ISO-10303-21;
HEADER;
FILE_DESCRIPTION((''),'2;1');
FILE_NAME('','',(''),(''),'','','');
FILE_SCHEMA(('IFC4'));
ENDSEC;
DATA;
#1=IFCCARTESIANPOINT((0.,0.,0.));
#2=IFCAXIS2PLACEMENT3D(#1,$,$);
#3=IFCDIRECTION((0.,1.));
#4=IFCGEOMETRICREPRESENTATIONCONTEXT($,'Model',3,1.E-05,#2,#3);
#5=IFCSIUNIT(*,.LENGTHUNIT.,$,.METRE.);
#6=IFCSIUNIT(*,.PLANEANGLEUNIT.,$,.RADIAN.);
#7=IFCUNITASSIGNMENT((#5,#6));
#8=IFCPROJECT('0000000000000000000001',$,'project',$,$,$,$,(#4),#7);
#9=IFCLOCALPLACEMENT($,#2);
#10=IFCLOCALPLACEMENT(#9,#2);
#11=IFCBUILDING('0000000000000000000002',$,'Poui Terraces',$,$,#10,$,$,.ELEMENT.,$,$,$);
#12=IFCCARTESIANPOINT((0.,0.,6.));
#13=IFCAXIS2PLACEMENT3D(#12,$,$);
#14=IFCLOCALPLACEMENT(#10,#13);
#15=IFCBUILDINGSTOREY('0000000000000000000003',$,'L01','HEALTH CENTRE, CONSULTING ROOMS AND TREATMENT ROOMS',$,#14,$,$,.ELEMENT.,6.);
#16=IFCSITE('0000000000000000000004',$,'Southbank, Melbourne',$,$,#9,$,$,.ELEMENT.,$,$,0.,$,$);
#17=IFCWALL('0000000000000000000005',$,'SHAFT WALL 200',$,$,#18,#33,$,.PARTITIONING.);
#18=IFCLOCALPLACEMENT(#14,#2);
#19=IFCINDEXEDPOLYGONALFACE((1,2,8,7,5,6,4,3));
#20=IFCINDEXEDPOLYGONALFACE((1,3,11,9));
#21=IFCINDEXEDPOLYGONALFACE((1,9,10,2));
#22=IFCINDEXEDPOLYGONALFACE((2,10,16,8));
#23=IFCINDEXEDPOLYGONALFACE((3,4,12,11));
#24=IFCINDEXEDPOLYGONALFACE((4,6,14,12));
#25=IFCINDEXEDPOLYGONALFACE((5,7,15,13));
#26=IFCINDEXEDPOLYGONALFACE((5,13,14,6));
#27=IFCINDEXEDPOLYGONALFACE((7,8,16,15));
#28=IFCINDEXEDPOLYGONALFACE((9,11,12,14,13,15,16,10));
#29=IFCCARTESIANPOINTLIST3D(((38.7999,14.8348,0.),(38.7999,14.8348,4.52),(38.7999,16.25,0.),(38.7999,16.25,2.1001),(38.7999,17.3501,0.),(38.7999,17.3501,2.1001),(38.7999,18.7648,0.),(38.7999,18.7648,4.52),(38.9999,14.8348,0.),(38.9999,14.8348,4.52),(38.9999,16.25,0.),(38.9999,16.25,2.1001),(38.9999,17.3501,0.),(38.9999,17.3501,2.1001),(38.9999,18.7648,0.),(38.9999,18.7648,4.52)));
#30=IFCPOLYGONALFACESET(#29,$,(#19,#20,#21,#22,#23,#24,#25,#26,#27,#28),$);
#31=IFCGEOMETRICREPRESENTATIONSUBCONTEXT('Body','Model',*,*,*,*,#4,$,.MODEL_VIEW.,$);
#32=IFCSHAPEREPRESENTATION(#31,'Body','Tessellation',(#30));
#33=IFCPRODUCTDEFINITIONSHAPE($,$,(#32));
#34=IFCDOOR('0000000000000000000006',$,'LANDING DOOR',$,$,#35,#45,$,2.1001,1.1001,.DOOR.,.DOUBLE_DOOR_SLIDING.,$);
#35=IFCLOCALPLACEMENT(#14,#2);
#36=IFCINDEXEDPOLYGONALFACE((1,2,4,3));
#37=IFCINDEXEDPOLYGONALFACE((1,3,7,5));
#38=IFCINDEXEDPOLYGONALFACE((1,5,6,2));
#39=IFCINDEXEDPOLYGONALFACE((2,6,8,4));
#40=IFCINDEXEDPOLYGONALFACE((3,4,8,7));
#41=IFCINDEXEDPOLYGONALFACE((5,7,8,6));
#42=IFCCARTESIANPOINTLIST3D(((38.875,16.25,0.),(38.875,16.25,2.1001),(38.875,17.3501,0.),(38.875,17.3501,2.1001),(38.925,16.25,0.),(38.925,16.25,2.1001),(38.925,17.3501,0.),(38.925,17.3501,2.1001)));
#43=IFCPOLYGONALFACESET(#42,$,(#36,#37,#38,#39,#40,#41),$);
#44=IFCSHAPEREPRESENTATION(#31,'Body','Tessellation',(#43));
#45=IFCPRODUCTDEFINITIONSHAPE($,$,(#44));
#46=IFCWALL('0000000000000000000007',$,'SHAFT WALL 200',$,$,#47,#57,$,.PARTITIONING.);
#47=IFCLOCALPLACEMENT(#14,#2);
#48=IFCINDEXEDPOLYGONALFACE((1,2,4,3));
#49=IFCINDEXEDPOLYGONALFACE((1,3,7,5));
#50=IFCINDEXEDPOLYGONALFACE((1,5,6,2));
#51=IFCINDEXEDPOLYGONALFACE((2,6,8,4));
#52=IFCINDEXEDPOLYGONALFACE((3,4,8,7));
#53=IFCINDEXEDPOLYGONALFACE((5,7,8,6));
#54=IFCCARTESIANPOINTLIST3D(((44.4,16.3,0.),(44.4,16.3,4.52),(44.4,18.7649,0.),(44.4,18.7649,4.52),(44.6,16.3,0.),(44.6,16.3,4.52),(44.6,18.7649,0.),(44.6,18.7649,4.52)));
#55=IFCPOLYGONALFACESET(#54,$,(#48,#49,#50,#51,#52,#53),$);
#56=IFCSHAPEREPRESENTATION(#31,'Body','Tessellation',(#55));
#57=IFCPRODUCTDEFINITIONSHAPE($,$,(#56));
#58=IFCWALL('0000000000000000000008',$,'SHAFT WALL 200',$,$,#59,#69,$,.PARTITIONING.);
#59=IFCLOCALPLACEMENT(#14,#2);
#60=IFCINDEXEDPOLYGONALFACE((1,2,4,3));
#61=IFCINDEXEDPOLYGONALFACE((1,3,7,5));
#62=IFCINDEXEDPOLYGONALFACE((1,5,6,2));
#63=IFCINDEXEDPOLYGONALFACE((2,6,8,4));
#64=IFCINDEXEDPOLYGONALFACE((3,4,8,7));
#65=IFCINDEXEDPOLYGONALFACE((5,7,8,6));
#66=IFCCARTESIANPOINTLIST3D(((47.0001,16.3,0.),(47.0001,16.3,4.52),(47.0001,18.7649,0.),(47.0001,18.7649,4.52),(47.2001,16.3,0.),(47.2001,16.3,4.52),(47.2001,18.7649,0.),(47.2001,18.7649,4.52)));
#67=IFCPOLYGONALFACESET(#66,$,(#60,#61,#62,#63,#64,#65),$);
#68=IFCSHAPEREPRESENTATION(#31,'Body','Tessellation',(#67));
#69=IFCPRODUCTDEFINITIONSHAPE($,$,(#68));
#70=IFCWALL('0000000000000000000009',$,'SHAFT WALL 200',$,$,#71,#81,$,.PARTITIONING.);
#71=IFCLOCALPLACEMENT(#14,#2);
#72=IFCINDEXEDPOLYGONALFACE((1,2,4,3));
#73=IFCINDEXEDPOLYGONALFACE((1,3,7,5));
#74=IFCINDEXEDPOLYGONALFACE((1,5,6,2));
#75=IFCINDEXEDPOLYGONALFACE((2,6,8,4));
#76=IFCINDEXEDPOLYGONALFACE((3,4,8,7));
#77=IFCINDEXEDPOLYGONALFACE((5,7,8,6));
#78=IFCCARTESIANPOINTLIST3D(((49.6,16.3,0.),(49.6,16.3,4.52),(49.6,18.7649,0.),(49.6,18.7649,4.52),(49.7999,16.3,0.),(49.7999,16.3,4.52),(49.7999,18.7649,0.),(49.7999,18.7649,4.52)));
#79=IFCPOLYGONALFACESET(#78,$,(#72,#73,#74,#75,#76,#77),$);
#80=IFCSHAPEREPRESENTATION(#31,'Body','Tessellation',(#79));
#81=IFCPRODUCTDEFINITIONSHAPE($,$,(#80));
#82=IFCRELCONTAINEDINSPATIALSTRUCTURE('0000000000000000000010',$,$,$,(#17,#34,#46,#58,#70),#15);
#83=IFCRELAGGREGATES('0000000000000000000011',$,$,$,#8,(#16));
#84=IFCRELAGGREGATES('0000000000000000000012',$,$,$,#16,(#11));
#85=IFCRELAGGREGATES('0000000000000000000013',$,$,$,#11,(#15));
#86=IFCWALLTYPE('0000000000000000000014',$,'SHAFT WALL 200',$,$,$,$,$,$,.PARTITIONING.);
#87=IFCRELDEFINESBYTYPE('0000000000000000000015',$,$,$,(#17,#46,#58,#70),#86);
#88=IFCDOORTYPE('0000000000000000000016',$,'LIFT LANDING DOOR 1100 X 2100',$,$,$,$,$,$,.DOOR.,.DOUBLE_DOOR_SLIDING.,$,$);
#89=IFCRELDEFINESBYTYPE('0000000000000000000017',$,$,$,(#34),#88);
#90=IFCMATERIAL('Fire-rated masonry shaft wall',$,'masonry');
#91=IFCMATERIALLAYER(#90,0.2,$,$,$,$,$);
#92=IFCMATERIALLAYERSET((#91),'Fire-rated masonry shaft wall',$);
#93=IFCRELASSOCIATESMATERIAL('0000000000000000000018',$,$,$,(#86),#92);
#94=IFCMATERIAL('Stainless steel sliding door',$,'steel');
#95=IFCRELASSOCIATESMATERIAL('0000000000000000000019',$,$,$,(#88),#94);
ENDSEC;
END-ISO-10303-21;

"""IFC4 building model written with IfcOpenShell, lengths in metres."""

from ifc_helpers import new_model, si_unit, direction, frame, frame_2d, origin, place, context, subcontext, project, spatial, rectangle, extrude, material, layer, layer_set, type_object, element, fill, save


model = new_model("IFC4")

# Units and contexts
model_context = context("Model", 3, precision=1e-05, world=origin(), true_north=direction((0.0, 1.0)))
body_context = subcontext(model_context, "Body", "Model", "MODEL_VIEW")
ifc_project = project(units=[si_unit("LENGTHUNIT", "METRE"), si_unit("PLANEANGLEUNIT", "RADIAN")], contexts=[model_context])

# Site, building, storey
site_placement = place(None, origin())
site = spatial("IfcSite", under=ifc_project, at=site_placement, Name="Southbank, Melbourne", CompositionType="ELEMENT", RefElevation=0.0)
building_placement = place(site_placement, origin())
building = spatial("IfcBuilding", under=site, at=building_placement, Name="Poui Terraces", CompositionType="ELEMENT")
storey_placement = place(building_placement, frame((0.0, 0.0, 6.0)))
storey = spatial("IfcBuildingStorey", under=building, at=storey_placement, Name="L01", Description="HEALTH CENTRE, CONSULTING ROOMS AND TREATMENT ROOMS", CompositionType="ELEMENT", Elevation=6.0)

# Shared definitions
ifc_material_1 = material(Name="Fire-rated masonry shaft wall", Category="masonry")
ifc_layer_1 = layer(ifc_material_1, 0.2)
ifc_layer_set_1 = layer_set([ifc_layer_1], Name="Fire-rated masonry shaft wall")
wall_type_1 = type_object("IfcWallType", Name="SHAFT WALL 200", PredefinedType="PARTITIONING", material=ifc_layer_set_1)

# Wall, opening, door
wall_1_placement = place(storey_placement, frame((38.8999, 14.835, 0.0), z_axis=(0.0, 0.0, 1.0), x_axis=(0.0, 1.0, 0.0)))
wall_1 = element("IfcWall", 1, at=wall_1_placement, inside=storey, type_object=wall_type_1, Name="SHAFT WALL 200", PredefinedType="PARTITIONING", context=body_context, shape_type="SweptSolid", body=[
    extrude(rectangle(XDim=3.9299, YDim=0.2, at=frame_2d((1.9648, 0.0))), origin(), (0.0, 0.0, 1.0), 4.52),
])
opening_1_placement = place(wall_1_placement, frame((1.415, 0.0, 0.0)))
opening_1 = element("IfcOpeningElement", 2, at=opening_1_placement, cuts=wall_1, PredefinedType="OPENING", context=body_context, shape_type="SweptSolid", body=[
    extrude(rectangle(XDim=1.1001, YDim=2.1001, at=frame_2d((0.55, 1.05))), frame((0.0, 0.1099, 0.0), z_axis=(0.0, -1.0, 0.0), x_axis=(1.0, 0.0, 0.0)), (0.0, 0.0, 1.0), 0.22),
])
ifc_material_2 = material(Name="Stainless steel sliding door", Category="steel")
door_type_1 = type_object("IfcDoorType", Name="LIFT LANDING DOOR 1100 X 2100", OperationType="DOUBLE_DOOR_SLIDING", PredefinedType="DOOR", material=ifc_material_2)
door_1_placement = place(opening_1_placement, origin())
door_1 = element("IfcDoor", 3, at=door_1_placement, inside=storey, type_object=door_type_1, Name="LANDING DOOR", OperationType="DOUBLE_DOOR_SLIDING", OverallHeight=2.1001, OverallWidth=1.1001, PredefinedType="DOOR", context=body_context, shape_type="SweptSolid", body=[
    extrude(rectangle(XDim=1.1001, YDim=2.1001, at=frame_2d((0.55, 1.05))), frame((0.0, 0.0249, 0.0), z_axis=(0.0, -1.0, 0.0), x_axis=(1.0, 0.0, 0.0)), (0.0, 0.0, 1.0), 0.05),
])
fill(opening_1, door_1)

# Walls
for number, where, z_axis, x_axis, name in (
    (4, (44.5, 16.3, 0.0), (0.0, 0.0, 1.0), (0.0, 1.0, 0.0), "SHAFT WALL 200"),
    (5, (47.1001, 16.3, 0.0), (0.0, 0.0, 1.0), (0.0, 1.0, 0.0), "SHAFT WALL 200"),
    (6, (49.7, 16.3, 0.0), (0.0, 0.0, 1.0), (0.0, 1.0, 0.0), "SHAFT WALL 200"),
):
    element("IfcWall", number, at=place(storey_placement, frame(where, z_axis=z_axis, x_axis=x_axis)), inside=storey, type_object=wall_type_1, Name=name, PredefinedType="PARTITIONING", context=body_context, shape_type="SweptSolid", body=[
        extrude(rectangle(XDim=2.4648, YDim=0.2, at=frame_2d((1.2324, 0.0))), origin(), (0.0, 0.0, 1.0), 4.52),
    ])

save(model, "model.ifc")
